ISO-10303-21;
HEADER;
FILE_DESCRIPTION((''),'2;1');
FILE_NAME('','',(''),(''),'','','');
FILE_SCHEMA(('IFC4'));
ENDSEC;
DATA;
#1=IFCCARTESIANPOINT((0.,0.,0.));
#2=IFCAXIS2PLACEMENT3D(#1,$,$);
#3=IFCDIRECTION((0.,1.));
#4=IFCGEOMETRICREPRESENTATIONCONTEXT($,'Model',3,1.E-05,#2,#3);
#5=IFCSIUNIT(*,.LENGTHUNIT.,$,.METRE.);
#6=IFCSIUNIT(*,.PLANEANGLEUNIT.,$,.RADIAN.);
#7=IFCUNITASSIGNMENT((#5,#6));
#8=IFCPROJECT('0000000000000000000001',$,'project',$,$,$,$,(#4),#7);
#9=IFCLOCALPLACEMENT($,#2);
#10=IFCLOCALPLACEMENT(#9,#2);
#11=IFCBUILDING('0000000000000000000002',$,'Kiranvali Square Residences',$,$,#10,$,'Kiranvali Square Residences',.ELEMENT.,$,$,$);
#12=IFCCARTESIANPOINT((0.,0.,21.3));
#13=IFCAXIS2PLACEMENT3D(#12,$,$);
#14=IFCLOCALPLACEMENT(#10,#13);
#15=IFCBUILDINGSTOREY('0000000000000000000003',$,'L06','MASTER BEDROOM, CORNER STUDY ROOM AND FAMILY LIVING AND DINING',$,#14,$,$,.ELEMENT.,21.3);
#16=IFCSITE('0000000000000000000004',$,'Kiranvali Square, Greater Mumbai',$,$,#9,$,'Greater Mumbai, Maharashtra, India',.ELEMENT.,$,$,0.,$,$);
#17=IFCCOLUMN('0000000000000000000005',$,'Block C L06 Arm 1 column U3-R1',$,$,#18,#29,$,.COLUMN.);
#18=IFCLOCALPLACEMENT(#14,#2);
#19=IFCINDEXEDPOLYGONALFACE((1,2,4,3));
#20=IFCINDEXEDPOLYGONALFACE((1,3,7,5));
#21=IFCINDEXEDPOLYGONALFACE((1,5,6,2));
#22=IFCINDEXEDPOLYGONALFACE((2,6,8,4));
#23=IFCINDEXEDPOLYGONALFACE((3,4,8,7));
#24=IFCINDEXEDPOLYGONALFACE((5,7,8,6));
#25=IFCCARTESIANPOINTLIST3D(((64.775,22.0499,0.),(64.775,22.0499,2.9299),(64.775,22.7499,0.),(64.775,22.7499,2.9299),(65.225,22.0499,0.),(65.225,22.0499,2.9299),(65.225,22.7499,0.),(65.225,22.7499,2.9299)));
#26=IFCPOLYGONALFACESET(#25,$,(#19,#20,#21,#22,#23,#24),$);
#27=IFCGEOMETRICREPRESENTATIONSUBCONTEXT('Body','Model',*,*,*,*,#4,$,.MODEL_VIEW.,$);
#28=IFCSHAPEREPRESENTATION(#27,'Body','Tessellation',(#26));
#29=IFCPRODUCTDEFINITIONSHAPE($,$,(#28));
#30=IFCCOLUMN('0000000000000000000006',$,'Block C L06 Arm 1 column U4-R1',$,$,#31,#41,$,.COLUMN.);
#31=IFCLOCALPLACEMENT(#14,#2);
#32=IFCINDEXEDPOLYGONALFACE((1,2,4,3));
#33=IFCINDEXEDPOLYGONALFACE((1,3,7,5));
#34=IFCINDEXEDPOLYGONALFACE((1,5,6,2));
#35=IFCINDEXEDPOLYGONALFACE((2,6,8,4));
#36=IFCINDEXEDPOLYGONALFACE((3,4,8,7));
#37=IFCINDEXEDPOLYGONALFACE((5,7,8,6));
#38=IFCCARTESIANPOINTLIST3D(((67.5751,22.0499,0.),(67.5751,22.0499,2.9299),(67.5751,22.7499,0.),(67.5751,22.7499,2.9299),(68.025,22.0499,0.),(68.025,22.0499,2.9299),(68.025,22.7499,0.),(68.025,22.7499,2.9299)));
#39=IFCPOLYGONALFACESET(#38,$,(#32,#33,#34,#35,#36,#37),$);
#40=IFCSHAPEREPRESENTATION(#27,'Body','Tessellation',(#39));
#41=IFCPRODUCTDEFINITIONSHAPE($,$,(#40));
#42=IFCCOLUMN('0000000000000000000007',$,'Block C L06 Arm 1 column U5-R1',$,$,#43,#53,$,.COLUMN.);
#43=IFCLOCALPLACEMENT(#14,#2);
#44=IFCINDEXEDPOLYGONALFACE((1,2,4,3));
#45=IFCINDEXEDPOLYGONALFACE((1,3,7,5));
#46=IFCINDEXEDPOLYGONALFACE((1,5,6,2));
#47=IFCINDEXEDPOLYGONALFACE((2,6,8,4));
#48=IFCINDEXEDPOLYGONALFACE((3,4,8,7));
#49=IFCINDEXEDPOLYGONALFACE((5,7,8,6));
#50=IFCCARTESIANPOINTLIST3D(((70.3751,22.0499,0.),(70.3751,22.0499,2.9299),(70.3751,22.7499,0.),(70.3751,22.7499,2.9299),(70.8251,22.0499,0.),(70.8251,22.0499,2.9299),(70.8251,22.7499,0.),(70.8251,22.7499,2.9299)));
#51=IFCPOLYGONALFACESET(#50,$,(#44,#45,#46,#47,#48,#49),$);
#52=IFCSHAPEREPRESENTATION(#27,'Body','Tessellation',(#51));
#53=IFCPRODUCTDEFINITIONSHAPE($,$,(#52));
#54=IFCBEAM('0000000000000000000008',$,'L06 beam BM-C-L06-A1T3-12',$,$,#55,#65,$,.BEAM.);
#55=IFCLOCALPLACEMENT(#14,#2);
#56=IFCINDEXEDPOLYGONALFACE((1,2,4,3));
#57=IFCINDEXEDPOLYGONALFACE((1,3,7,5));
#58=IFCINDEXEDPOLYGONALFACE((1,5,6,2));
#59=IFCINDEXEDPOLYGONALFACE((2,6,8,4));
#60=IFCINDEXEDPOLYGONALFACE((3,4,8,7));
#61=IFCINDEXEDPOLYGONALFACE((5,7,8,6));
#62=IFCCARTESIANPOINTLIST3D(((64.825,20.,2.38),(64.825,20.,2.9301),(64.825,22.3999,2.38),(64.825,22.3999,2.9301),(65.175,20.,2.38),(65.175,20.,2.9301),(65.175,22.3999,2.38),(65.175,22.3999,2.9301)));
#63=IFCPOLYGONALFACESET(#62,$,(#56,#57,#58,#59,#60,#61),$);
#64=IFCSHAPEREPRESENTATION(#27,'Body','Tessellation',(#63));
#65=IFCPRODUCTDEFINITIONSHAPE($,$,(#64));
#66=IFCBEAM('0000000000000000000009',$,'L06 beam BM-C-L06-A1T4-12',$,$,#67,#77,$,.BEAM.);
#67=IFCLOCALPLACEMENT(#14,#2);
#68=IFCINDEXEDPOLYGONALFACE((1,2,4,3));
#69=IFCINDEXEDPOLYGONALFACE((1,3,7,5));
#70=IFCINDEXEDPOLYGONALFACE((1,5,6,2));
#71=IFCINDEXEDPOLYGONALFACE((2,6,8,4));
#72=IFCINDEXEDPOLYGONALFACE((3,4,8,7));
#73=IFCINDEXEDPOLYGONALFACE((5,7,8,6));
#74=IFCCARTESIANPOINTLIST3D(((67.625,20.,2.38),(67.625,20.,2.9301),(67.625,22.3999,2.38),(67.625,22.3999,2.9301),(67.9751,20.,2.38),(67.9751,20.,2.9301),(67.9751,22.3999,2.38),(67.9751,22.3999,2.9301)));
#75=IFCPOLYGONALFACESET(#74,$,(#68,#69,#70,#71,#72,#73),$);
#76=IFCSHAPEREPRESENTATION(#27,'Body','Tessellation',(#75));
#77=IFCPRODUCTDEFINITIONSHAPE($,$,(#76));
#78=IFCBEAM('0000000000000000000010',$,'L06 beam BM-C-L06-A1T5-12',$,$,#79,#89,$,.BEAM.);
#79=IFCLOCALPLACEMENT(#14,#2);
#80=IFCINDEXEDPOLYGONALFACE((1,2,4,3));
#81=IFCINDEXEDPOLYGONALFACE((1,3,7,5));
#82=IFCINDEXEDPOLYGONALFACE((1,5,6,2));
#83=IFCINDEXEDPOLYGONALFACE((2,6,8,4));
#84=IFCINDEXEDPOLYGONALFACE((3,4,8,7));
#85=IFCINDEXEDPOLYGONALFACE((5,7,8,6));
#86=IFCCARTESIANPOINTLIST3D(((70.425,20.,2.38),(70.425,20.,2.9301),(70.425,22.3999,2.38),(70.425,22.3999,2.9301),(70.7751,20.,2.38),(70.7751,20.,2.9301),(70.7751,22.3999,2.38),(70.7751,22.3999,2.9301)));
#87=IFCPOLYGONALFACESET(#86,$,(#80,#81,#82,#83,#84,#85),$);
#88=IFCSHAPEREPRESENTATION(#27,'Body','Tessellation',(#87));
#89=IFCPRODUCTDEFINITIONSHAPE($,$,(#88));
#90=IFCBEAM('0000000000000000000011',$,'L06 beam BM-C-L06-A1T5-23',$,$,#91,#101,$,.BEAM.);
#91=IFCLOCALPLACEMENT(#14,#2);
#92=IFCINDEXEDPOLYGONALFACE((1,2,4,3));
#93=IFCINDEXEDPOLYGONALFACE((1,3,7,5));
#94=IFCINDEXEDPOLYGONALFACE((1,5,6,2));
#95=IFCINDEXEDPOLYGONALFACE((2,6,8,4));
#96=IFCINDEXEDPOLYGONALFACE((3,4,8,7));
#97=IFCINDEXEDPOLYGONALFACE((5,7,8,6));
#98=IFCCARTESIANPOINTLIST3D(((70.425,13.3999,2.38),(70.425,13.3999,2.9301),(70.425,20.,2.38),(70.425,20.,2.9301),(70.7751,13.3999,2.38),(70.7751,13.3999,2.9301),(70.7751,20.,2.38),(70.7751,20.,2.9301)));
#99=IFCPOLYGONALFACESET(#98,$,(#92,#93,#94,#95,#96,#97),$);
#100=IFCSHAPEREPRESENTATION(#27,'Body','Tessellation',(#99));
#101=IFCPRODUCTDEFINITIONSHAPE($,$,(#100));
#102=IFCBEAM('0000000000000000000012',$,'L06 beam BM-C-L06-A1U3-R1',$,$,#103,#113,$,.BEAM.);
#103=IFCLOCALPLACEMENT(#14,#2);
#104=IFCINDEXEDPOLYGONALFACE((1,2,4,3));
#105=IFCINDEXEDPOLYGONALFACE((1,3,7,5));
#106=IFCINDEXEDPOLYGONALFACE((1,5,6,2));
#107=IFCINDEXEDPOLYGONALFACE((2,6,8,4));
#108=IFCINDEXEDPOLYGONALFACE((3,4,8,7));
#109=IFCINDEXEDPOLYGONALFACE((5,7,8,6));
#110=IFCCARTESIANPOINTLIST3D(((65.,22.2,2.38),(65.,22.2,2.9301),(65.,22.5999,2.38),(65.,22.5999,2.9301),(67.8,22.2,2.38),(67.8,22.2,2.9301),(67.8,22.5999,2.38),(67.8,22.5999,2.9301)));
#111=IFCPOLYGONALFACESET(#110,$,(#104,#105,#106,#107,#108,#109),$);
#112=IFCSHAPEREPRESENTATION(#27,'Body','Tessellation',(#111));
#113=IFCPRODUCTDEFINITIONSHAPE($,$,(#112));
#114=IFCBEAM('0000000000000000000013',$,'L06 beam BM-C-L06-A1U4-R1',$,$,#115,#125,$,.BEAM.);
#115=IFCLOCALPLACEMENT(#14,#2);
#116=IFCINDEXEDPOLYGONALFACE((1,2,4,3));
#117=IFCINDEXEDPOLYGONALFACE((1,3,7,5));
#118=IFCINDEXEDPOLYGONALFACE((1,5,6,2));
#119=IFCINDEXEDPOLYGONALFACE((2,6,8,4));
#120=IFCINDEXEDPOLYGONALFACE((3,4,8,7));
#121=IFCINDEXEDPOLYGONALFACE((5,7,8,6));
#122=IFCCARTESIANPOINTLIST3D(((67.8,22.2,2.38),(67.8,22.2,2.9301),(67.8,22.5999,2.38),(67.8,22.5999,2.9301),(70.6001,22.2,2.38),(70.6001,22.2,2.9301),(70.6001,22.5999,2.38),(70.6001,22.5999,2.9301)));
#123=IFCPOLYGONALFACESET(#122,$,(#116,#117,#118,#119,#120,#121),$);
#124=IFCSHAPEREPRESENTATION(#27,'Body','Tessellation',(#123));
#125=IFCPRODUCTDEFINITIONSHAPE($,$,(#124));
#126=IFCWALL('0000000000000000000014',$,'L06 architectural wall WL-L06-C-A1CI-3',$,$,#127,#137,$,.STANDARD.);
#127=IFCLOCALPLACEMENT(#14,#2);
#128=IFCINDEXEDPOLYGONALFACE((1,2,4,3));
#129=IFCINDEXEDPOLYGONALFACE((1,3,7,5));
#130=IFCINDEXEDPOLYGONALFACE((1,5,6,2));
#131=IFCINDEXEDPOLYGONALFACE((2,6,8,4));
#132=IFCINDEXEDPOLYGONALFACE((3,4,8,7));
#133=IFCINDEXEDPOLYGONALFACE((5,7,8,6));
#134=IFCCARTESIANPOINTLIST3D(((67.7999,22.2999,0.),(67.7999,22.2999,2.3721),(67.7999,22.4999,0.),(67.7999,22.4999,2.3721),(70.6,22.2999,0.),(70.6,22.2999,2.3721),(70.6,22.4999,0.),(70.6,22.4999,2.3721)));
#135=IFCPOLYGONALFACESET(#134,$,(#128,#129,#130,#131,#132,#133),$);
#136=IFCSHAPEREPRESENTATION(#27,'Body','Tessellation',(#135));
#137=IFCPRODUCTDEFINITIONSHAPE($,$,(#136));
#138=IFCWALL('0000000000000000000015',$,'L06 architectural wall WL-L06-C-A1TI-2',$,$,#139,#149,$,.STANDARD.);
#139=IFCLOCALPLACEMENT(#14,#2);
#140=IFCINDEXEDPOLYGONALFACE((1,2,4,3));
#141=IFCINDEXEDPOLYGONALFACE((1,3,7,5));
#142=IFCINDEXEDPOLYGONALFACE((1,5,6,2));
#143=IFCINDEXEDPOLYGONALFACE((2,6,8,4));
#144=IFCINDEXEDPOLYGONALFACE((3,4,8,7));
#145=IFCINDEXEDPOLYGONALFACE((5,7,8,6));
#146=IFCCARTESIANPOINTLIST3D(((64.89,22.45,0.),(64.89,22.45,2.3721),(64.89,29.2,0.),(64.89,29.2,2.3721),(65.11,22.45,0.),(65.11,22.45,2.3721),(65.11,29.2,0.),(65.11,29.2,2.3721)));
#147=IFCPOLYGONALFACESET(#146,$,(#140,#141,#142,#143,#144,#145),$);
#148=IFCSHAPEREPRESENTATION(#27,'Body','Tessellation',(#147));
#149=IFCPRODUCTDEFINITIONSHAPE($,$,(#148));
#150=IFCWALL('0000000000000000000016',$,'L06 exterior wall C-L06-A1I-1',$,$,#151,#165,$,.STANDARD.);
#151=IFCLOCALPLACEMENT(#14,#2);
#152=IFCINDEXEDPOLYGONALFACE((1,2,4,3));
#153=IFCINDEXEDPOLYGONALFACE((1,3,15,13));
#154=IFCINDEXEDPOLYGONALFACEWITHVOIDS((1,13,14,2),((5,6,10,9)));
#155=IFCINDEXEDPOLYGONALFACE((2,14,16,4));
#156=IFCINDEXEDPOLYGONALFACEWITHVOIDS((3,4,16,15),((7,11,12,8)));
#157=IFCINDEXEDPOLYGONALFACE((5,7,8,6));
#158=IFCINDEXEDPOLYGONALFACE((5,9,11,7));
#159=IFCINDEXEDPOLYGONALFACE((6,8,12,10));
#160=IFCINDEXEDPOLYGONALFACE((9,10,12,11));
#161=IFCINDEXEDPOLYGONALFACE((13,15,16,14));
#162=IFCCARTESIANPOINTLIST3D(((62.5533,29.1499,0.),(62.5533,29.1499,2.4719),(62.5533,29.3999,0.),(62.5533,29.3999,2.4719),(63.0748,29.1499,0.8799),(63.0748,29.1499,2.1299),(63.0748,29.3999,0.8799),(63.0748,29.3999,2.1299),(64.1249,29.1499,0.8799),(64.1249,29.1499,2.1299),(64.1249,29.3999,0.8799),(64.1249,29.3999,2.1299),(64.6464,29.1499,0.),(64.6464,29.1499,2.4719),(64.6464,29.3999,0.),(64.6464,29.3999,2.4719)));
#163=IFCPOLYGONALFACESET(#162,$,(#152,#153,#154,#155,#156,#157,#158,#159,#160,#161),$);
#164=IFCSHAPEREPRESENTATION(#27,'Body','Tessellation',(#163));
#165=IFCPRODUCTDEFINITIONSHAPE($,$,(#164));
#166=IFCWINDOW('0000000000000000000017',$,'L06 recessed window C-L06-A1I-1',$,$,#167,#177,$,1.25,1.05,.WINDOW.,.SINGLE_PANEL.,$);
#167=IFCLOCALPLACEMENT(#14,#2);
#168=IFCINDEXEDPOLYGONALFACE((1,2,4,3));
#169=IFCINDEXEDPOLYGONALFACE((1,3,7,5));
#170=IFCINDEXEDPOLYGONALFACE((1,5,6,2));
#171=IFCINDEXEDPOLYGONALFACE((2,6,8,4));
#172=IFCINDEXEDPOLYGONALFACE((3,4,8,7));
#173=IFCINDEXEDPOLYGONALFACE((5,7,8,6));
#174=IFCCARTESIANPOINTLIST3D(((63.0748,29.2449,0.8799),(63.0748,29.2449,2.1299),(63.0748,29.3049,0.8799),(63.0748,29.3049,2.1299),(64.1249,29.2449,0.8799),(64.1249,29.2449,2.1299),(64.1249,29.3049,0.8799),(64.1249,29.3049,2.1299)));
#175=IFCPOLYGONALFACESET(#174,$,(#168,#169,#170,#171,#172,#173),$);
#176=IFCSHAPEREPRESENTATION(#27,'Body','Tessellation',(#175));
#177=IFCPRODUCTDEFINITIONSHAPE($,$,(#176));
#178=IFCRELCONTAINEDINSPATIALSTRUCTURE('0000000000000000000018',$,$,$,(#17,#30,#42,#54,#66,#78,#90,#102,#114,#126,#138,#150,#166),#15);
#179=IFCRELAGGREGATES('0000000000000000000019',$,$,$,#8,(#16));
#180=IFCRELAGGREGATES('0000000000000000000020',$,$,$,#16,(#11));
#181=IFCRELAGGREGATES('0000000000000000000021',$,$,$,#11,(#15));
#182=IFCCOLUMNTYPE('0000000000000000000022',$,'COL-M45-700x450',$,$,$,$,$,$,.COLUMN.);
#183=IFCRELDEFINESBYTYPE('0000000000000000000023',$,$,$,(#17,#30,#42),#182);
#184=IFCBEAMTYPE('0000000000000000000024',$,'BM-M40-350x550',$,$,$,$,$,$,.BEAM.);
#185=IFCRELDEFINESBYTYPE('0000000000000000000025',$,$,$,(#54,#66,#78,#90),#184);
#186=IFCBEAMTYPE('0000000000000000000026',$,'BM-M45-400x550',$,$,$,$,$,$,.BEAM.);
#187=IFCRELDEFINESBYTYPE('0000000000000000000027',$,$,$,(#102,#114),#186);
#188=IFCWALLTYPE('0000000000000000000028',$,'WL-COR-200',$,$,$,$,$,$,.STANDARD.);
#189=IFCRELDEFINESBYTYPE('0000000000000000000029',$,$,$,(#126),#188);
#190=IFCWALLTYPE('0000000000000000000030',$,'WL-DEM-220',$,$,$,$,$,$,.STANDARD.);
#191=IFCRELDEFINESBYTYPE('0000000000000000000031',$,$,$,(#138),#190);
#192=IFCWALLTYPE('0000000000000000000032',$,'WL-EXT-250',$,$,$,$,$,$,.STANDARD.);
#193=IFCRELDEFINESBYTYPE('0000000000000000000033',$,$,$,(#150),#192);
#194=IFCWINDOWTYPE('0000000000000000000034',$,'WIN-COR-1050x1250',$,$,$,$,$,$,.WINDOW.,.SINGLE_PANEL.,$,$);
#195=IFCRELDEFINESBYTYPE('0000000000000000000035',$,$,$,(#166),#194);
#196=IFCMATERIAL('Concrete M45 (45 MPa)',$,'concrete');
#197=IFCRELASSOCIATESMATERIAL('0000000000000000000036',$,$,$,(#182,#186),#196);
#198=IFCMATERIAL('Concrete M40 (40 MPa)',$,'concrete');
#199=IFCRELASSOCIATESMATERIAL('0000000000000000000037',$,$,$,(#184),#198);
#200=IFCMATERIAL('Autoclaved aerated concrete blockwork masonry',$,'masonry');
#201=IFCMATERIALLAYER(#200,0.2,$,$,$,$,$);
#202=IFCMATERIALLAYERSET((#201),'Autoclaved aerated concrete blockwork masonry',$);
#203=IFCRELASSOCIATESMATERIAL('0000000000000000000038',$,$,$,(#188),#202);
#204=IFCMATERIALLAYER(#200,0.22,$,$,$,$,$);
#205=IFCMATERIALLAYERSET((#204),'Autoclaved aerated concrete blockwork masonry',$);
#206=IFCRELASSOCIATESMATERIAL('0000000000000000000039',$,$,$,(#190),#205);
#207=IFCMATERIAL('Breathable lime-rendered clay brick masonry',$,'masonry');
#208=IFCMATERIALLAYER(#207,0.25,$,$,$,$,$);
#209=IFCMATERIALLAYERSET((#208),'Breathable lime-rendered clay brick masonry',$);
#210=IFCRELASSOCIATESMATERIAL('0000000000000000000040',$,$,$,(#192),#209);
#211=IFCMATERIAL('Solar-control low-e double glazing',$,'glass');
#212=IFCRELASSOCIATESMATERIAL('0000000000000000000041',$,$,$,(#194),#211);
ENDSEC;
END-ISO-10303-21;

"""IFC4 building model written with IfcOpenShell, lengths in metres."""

from ifc_helpers import new_model, si_unit, direction, frame, frame_2d, origin, origin_2d, place, context, subcontext, project, spatial, rectangle, extrude, material, layer, layer_set, material_profile, profile_set, type_object, element, fill, save


model = new_model("IFC4")

# Units and contexts
model_context = context("Model", 3, precision=1e-05, world=origin(), true_north=direction((0.0, 1.0)))
body_context = subcontext(model_context, "Body", "Model", "MODEL_VIEW")
ifc_project = project(units=[si_unit("LENGTHUNIT", "METRE"), si_unit("PLANEANGLEUNIT", "RADIAN")], contexts=[model_context])

# Site, building, storey
site_placement = place(None, origin())
site = spatial("IfcSite", under=ifc_project, at=site_placement, Name="Kiranvali Square, Greater Mumbai", LongName="Greater Mumbai, Maharashtra, India", CompositionType="ELEMENT", RefElevation=0.0)
building_placement = place(site_placement, origin())
building = spatial("IfcBuilding", under=site, at=building_placement, Name="Kiranvali Square Residences", LongName="Kiranvali Square Residences", CompositionType="ELEMENT")
storey_placement = place(building_placement, frame((0.0, 0.0, 21.3)))
storey = spatial("IfcBuildingStorey", under=building, at=storey_placement, Name="L06", Description="MASTER BEDROOM, CORNER STUDY ROOM AND FAMILY LIVING AND DINING", CompositionType="ELEMENT", Elevation=21.3)

# Columns
ifc_material_1 = material(Name="Concrete M45 (45 MPa)", Category="concrete")
ifc_material_profile_1 = material_profile(ifc_material_1, rectangle(XDim=0.45, YDim=0.7, at=origin_2d()), Name="RC 700x450")
ifc_profile_set_1 = profile_set([ifc_material_profile_1], Name="Concrete M45 (45 MPa)")
column_type = type_object("IfcColumnType", Name="COL-M45-700x450", PredefinedType="COLUMN", material=ifc_profile_set_1)
for number, where, z_axis, x_axis, name in (
    (1, (65.0, 22.3999, 0.0), (0.0, 0.0, 1.0), (1.0, 0.0, 0.0), "Block C L06 Arm 1 column U3-R1"),
    (2, (67.8, 22.3999, 0.0), (0.0, 0.0, 1.0), (1.0, 0.0, 0.0), "Block C L06 Arm 1 column U4-R1"),
    (3, (70.6001, 22.3999, 0.0), (0.0, 0.0, 1.0), (1.0, 0.0, 0.0), "Block C L06 Arm 1 column U5-R1"),
):
    element("IfcColumn", number, at=place(storey_placement, frame(where, z_axis=z_axis, x_axis=x_axis)), inside=storey, type_object=column_type, Name=name, PredefinedType="COLUMN", context=body_context, shape_type="SweptSolid", body=[
        extrude(rectangle(XDim=0.45, YDim=0.7, at=origin_2d()), origin(), (0.0, 0.0, 1.0), 2.9299),
    ])

# Beams
ifc_material_2 = material(Name="Concrete M40 (40 MPa)", Category="concrete")
ifc_material_profile_2 = material_profile(ifc_material_2, rectangle(XDim=0.3501, YDim=0.55, at=origin_2d()), Name="RC 350x550")
ifc_profile_set_2 = profile_set([ifc_material_profile_2], Name="Concrete M40 (40 MPa)")
beam_type_1 = type_object("IfcBeamType", Name="BM-M40-350x550", PredefinedType="BEAM", material=ifc_profile_set_2)
for number, where, z_axis, x_axis, name in (
    (4, (65.0, 22.3999, 2.655), (0.0, -1.0, 0.0), (1.0, 0.0, 0.0), "L06 beam BM-C-L06-A1T3-12"),
    (5, (67.8, 22.3999, 2.655), (0.0, -1.0, 0.0), (1.0, 0.0, 0.0), "L06 beam BM-C-L06-A1T4-12"),
    (6, (70.6001, 22.3999, 2.655), (0.0, -1.0, 0.0), (1.0, 0.0, 0.0), "L06 beam BM-C-L06-A1T5-12"),
):
    element("IfcBeam", number, at=place(storey_placement, frame(where, z_axis=z_axis, x_axis=x_axis)), inside=storey, type_object=beam_type_1, Name=name, PredefinedType="BEAM", context=body_context, shape_type="SweptSolid", body=[
        extrude(rectangle(XDim=0.3501, YDim=0.55, at=origin_2d()), origin(), (0.0, 0.0, 1.0), 2.3999),
    ])
beam_placement = place(storey_placement, frame((70.6001, 20.0, 2.655), z_axis=(0.0, -1.0, 0.0), x_axis=(1.0, 0.0, 0.0)))
element("IfcBeam", 7, at=beam_placement, inside=storey, type_object=beam_type_1, Name="L06 beam BM-C-L06-A1T5-23", PredefinedType="BEAM", context=body_context, shape_type="SweptSolid", body=[
    extrude(rectangle(XDim=0.3501, YDim=0.55, at=origin_2d()), origin(), (0.0, 0.0, 1.0), 6.6001),
])
ifc_material_profile_3 = material_profile(ifc_material_1, rectangle(XDim=0.3999, YDim=0.55, at=origin_2d()), Name="RC 400x550")
ifc_profile_set_3 = profile_set([ifc_material_profile_3], Name="Concrete M45 (45 MPa)")
beam_type_2 = type_object("IfcBeamType", Name="BM-M45-400x550", PredefinedType="BEAM", material=ifc_profile_set_3)
for number, where, z_axis, x_axis, name in (
    (8, (65.0, 22.3999, 2.655), (1.0, 0.0, 0.0), (0.0, 1.0, 0.0), "L06 beam BM-C-L06-A1U3-R1"),
    (9, (67.8, 22.3999, 2.655), (1.0, 0.0, 0.0), (0.0, 1.0, 0.0), "L06 beam BM-C-L06-A1U4-R1"),
):
    element("IfcBeam", number, at=place(storey_placement, frame(where, z_axis=z_axis, x_axis=x_axis)), inside=storey, type_object=beam_type_2, Name=name, PredefinedType="BEAM", context=body_context, shape_type="SweptSolid", body=[
        extrude(rectangle(XDim=0.3999, YDim=0.55, at=origin_2d()), origin(), (0.0, 0.0, 1.0), 2.8),
    ])

# Shared definitions
ifc_material_3 = material(Name="Autoclaved aerated concrete blockwork masonry", Category="masonry")
ifc_layer_1 = layer(ifc_material_3, 0.2)
ifc_layer_set_1 = layer_set([ifc_layer_1], Name="Autoclaved aerated concrete blockwork masonry")
wall_type_1 = type_object("IfcWallType", Name="WL-COR-200", PredefinedType="STANDARD", material=ifc_layer_set_1)

# Walls
wall_1_placement = place(storey_placement, frame((67.8, 22.3999, 0.0), z_axis=(0.0, 0.0, 1.0), x_axis=(1.0, 0.0, 0.0)))
element("IfcWall", 10, at=wall_1_placement, inside=storey, type_object=wall_type_1, Name="L06 architectural wall WL-L06-C-A1CI-3", PredefinedType="STANDARD", context=body_context, shape_type="SweptSolid", body=[
    extrude(rectangle(XDim=2.8, YDim=0.2, at=frame_2d((1.3999, 0.0))), origin(), (0.0, 0.0, 1.0), 2.3721),
])
ifc_layer_2 = layer(ifc_material_3, 0.22)
ifc_layer_set_2 = layer_set([ifc_layer_2], Name="Autoclaved aerated concrete blockwork masonry")
wall_type_2 = type_object("IfcWallType", Name="WL-DEM-220", PredefinedType="STANDARD", material=ifc_layer_set_2)
wall_2_placement = place(storey_placement, frame((65.0, 29.2, 0.0), z_axis=(0.0, 0.0, 1.0), x_axis=(0.0, -1.0, 0.0)))
element("IfcWall", 11, at=wall_2_placement, inside=storey, type_object=wall_type_2, Name="L06 architectural wall WL-L06-C-A1TI-2", PredefinedType="STANDARD", context=body_context, shape_type="SweptSolid", body=[
    extrude(rectangle(XDim=6.75, YDim=0.22, at=frame_2d((3.375, 0.0))), origin(), (0.0, 0.0, 1.0), 2.3721),
])

# Wall, opening, window
ifc_material_4 = material(Name="Breathable lime-rendered clay brick masonry", Category="masonry")
ifc_layer_3 = layer(ifc_material_4, 0.25)
ifc_layer_set_3 = layer_set([ifc_layer_3], Name="Breathable lime-rendered clay brick masonry")
wall_type_3 = type_object("IfcWallType", Name="WL-EXT-250", PredefinedType="STANDARD", material=ifc_layer_set_3)
wall_3_placement = place(storey_placement, frame((62.5535, 29.2749, 0.0), z_axis=(0.0, 0.0, 1.0), x_axis=(1.0, 0.0, 0.0)))
wall_3 = element("IfcWall", 12, at=wall_3_placement, inside=storey, type_object=wall_type_3, Name="L06 exterior wall C-L06-A1I-1", PredefinedType="STANDARD", context=body_context, shape_type="SweptSolid", body=[
    extrude(rectangle(XDim=2.093, YDim=0.25, at=frame_2d((1.0464, 0.0))), origin(), (0.0, 0.0, 1.0), 2.4719),
])
opening_1_placement = place(wall_3_placement, frame((0.5215, 0.0, 0.8799)))
opening_1 = element("IfcOpeningElement", 13, at=opening_1_placement, cuts=wall_3, PredefinedType="OPENING", context=body_context, shape_type="SweptSolid", body=[
    extrude(rectangle(XDim=1.05, YDim=1.25, at=frame_2d((0.5249, 0.625))), frame((0.0, 0.135, 0.0), z_axis=(0.0, -1.0, 0.0), x_axis=(1.0, 0.0, 0.0)), (0.0, 0.0, 1.0), 0.27),
])
ifc_material_5 = material(Name="Solar-control low-e double glazing", Category="glass")
window_type_1 = type_object("IfcWindowType", Name="WIN-COR-1050x1250", PartitioningType="SINGLE_PANEL", PredefinedType="WINDOW", material=ifc_material_5)
window_1_placement = place(opening_1_placement, origin())
window_1 = element("IfcWindow", 14, at=window_1_placement, inside=storey, type_object=window_type_1, Name="L06 recessed window C-L06-A1I-1", OverallHeight=1.25, OverallWidth=1.05, PartitioningType="SINGLE_PANEL", PredefinedType="WINDOW", context=body_context, shape_type="SweptSolid", body=[
    extrude(rectangle(XDim=1.05, YDim=1.25, at=frame_2d((0.5249, 0.625))), frame((0.0, 0.03, 0.0), z_axis=(0.0, -1.0, 0.0), x_axis=(1.0, 0.0, 0.0)), (0.0, 0.0, 1.0), 0.0601),
])
fill(opening_1, window_1)

save(model, "model.ifc")
